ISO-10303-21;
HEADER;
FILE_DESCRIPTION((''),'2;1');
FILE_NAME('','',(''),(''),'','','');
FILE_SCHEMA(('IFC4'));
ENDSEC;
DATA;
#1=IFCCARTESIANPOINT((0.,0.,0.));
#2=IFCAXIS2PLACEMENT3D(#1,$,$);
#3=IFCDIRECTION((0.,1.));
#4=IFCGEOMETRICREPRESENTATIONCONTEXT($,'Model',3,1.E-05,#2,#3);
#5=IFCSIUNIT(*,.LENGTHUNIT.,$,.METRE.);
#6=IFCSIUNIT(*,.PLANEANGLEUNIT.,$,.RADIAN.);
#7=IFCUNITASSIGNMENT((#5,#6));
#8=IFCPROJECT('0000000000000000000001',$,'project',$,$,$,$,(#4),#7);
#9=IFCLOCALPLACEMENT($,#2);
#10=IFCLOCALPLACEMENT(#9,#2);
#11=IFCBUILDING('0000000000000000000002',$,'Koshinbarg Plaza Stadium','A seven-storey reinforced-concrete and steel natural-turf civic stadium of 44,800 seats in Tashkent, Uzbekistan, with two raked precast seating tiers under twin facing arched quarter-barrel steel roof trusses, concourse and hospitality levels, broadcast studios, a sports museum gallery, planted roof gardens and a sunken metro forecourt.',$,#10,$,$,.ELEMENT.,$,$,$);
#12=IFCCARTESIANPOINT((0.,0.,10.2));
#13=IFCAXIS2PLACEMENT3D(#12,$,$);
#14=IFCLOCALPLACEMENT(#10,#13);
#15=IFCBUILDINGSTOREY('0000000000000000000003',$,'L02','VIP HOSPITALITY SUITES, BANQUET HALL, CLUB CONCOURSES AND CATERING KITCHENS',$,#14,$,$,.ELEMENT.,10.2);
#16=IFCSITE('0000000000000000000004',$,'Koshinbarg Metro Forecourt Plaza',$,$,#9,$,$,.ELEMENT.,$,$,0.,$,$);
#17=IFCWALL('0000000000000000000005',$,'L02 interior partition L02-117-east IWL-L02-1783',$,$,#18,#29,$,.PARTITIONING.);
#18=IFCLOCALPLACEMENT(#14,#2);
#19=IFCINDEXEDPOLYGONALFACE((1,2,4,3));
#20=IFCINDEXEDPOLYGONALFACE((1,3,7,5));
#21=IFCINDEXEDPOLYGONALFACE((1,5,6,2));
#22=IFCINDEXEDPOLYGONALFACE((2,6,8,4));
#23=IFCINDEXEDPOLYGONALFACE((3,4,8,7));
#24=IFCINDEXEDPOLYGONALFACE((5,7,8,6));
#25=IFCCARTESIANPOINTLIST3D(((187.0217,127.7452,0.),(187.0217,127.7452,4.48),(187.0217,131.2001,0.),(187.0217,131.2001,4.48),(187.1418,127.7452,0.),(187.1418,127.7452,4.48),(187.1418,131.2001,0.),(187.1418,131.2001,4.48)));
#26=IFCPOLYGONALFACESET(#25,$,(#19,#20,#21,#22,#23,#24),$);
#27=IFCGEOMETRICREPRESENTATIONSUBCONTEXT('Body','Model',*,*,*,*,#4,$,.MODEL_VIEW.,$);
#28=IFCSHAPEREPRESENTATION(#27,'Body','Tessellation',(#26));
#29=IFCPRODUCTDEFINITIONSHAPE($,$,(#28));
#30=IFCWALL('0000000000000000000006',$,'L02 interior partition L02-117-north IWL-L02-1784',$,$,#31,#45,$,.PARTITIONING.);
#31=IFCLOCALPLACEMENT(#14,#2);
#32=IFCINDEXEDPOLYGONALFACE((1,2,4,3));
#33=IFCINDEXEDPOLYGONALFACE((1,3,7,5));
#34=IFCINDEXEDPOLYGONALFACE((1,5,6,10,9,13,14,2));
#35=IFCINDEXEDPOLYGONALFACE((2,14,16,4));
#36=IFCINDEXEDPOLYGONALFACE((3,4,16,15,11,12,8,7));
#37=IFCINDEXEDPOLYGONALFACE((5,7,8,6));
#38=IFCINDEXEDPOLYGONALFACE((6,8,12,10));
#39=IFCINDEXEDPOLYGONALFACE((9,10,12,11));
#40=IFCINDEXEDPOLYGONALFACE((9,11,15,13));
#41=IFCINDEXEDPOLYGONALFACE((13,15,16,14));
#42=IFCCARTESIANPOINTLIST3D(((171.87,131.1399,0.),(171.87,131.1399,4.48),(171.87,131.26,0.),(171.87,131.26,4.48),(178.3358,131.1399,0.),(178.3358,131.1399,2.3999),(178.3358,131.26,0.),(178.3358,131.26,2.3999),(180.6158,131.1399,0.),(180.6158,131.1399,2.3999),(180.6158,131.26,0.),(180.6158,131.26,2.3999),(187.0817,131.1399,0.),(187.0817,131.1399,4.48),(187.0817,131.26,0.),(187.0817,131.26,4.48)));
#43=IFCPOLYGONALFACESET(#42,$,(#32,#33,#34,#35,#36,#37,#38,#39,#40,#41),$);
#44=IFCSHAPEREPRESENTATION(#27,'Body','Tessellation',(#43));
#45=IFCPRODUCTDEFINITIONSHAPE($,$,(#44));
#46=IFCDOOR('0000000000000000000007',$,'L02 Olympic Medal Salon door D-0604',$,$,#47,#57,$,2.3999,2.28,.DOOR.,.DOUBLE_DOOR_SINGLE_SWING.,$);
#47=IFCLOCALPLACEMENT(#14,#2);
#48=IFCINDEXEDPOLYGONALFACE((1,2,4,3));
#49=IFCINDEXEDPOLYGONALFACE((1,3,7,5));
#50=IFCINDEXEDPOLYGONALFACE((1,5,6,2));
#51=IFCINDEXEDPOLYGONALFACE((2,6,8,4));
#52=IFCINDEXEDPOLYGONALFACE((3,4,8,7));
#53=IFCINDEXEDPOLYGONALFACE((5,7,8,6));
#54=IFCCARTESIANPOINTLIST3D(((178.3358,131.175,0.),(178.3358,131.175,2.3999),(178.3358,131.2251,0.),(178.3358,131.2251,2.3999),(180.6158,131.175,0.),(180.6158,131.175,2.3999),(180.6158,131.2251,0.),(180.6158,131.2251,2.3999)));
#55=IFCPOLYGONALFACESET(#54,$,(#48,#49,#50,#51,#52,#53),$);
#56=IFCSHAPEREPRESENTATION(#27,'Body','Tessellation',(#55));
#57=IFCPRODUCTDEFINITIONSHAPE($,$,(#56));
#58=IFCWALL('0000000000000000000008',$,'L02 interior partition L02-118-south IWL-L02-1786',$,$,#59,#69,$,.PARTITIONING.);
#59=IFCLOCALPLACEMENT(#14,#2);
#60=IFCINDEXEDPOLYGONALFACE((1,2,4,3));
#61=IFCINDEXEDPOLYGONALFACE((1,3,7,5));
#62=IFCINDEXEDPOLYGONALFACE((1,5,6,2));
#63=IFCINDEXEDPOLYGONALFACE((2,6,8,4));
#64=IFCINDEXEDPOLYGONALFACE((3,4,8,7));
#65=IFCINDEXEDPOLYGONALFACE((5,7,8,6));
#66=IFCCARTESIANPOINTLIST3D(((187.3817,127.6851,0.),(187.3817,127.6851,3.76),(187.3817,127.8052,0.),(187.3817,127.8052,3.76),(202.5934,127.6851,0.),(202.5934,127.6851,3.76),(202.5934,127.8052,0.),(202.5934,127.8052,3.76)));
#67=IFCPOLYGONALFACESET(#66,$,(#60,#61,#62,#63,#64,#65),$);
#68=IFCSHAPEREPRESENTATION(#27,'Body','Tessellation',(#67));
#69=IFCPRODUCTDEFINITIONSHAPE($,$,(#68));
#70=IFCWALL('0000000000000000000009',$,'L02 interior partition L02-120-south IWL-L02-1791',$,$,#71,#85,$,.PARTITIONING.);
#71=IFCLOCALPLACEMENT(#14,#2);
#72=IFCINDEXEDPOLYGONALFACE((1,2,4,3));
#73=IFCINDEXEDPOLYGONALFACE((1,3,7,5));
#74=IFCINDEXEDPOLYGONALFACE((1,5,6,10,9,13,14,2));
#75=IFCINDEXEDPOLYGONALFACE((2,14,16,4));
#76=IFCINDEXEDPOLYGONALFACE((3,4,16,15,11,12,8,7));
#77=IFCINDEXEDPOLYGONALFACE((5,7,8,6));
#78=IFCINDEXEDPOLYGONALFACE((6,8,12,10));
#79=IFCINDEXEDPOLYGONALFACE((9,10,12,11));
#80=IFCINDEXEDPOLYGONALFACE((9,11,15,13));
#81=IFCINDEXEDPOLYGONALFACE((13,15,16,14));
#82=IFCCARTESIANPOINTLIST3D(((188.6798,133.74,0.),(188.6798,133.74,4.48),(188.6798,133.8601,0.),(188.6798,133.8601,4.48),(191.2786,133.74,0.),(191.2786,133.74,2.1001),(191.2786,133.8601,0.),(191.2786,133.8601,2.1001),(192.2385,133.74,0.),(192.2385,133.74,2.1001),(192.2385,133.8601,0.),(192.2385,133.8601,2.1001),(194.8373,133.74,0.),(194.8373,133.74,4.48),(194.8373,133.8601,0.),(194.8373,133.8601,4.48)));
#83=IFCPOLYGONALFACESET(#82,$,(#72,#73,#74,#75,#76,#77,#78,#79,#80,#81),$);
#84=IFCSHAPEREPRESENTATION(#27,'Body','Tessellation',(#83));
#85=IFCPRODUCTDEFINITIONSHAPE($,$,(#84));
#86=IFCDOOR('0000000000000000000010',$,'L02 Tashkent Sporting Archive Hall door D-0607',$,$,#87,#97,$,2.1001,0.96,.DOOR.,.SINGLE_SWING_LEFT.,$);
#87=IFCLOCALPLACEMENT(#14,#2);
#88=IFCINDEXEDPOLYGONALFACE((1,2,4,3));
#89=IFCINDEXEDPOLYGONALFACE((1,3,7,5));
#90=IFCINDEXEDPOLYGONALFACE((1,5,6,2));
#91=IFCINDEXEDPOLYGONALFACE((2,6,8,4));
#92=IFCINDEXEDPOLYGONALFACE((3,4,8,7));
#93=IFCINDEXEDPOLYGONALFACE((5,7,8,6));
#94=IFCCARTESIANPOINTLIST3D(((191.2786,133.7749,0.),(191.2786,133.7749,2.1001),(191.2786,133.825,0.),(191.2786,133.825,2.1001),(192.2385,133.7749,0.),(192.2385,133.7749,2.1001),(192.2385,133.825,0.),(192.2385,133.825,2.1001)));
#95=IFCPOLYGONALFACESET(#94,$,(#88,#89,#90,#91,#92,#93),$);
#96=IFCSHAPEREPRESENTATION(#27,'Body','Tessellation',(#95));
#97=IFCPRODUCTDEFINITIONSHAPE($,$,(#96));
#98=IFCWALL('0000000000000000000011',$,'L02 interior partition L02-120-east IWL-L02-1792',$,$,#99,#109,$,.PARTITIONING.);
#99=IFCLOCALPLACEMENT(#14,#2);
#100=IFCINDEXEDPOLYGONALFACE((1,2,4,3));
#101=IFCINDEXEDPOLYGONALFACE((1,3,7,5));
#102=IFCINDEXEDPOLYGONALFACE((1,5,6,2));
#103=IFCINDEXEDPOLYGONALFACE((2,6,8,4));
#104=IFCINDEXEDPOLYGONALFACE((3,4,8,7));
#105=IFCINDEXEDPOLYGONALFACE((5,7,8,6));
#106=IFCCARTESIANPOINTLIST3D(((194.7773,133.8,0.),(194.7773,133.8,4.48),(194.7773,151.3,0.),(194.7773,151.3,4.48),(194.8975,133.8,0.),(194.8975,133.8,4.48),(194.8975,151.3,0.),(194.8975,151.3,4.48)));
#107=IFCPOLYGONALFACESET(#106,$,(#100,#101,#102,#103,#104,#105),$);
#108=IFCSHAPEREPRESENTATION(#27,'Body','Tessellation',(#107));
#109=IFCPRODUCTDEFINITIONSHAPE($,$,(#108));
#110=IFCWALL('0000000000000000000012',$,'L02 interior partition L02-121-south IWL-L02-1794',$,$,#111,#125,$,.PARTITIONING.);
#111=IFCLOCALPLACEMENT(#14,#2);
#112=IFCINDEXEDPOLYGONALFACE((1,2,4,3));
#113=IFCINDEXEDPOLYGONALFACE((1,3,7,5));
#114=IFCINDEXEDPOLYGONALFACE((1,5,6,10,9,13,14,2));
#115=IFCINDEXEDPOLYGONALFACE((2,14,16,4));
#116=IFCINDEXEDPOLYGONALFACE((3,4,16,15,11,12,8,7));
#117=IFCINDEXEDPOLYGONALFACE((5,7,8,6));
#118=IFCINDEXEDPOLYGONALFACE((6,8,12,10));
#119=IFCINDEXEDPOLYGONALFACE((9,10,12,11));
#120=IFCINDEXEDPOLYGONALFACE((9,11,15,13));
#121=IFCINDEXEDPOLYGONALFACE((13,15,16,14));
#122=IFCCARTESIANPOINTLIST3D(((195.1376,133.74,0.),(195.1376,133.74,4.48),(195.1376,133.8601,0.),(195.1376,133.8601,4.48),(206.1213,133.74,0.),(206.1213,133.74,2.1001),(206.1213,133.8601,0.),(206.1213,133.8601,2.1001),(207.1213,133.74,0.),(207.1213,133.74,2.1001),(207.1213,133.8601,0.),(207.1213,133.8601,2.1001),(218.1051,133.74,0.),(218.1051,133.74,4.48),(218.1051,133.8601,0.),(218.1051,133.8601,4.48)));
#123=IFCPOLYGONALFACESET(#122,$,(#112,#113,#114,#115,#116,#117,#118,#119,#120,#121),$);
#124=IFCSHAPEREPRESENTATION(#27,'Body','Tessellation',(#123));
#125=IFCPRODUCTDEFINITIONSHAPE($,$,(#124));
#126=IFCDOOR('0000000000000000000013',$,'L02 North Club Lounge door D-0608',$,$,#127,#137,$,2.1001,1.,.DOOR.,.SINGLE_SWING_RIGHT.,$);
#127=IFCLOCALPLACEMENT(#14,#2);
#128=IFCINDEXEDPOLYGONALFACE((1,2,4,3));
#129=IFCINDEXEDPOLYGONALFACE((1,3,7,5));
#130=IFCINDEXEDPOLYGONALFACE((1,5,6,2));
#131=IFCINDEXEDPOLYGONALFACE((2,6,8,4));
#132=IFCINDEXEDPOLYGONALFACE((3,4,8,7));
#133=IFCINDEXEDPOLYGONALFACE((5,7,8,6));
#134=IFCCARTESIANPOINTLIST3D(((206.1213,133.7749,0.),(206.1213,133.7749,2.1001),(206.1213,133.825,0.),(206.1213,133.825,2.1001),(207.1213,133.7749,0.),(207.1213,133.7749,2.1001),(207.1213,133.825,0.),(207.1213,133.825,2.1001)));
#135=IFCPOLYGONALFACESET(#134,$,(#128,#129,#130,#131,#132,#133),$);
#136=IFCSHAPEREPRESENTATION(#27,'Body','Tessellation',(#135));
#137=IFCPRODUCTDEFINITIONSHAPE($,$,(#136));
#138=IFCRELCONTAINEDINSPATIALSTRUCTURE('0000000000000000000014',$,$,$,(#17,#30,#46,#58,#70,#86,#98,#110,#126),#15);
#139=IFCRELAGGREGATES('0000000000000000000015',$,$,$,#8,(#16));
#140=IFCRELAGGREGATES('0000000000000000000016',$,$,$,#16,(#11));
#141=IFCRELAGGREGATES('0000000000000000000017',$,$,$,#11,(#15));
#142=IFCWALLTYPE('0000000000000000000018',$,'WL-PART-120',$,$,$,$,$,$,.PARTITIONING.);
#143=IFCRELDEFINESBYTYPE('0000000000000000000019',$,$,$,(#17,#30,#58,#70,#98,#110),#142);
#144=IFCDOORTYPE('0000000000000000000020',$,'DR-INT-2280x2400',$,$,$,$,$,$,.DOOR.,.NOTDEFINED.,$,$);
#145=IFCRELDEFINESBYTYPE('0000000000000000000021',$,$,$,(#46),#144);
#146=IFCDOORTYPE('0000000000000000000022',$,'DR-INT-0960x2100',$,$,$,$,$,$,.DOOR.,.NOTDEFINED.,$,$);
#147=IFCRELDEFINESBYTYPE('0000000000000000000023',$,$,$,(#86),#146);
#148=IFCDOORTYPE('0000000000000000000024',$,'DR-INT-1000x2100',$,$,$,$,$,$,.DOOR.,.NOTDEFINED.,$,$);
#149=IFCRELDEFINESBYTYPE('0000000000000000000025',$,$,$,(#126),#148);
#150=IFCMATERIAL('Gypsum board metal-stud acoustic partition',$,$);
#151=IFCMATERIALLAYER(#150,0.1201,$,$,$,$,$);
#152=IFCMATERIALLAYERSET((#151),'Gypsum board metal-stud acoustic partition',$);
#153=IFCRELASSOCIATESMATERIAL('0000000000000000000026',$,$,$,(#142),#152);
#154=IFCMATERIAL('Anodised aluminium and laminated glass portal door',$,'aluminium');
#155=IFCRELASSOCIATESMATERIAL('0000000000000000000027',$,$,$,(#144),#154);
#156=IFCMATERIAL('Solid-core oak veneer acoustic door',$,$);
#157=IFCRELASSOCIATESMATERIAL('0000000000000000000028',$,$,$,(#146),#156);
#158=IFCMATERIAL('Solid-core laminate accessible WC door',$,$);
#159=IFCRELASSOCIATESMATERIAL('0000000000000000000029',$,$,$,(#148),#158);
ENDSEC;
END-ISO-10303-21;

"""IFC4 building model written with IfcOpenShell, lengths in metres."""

from ifc_helpers import new_model, si_unit, direction, frame, frame_2d, origin, place, context, subcontext, project, spatial, rectangle, extrude, material, layer, layer_set, type_object, element, fill, save


model = new_model("IFC4")

# Units and contexts
model_context = context("Model", 3, precision=1e-05, world=origin(), true_north=direction((0.0, 1.0)))
body_context = subcontext(model_context, "Body", "Model", "MODEL_VIEW")
ifc_project = project(units=[si_unit("LENGTHUNIT", "METRE"), si_unit("PLANEANGLEUNIT", "RADIAN")], contexts=[model_context])

# Site, building, storey
site_placement = place(None, origin())
site = spatial("IfcSite", under=ifc_project, at=site_placement, Name="Koshinbarg Metro Forecourt Plaza", CompositionType="ELEMENT", RefElevation=0.0)
building_placement = place(site_placement, origin())
building = spatial("IfcBuilding", under=site, at=building_placement, Name="Koshinbarg Plaza Stadium", Description="A seven-storey reinforced-concrete and steel natural-turf civic stadium of 44,800 seats in Tashkent, Uzbekistan, with two raked precast seating tiers under twin facing arched quarter-barrel steel roof trusses, concourse and hospitality levels, broadcast studios, a sports museum gallery, planted roof gardens and a sunken metro forecourt.", CompositionType="ELEMENT")
storey_placement = place(building_placement, frame((0.0, 0.0, 10.2)))
storey = spatial("IfcBuildingStorey", under=building, at=storey_placement, Name="L02", Description="VIP HOSPITALITY SUITES, BANQUET HALL, CLUB CONCOURSES AND CATERING KITCHENS", CompositionType="ELEMENT", Elevation=10.2)

# Wall
ifc_material_1 = material(Name="Gypsum board metal-stud acoustic partition")
ifc_layer_1 = layer(ifc_material_1, 0.1201)
ifc_layer_set_1 = layer_set([ifc_layer_1], Name="Gypsum board metal-stud acoustic partition")
wall_type_1 = type_object("IfcWallType", Name="WL-PART-120", PredefinedType="PARTITIONING", material=ifc_layer_set_1)
wall_1_placement = place(storey_placement, frame((187.0818, 127.7451, 0.0), z_axis=(0.0, 0.0, 1.0), x_axis=(0.0, 1.0, 0.0)))
element("IfcWall", 1, at=wall_1_placement, inside=storey, type_object=wall_type_1, Name="L02 interior partition L02-117-east IWL-L02-1783", PredefinedType="PARTITIONING", context=body_context, shape_type="SweptSolid", body=[
    extrude(rectangle(XDim=3.4548, YDim=0.1201, at=frame_2d((1.7275, 0.0))), origin(), (0.0, 0.0, 1.0), 4.48),
])

# Wall, opening, door
wall_2_placement = place(storey_placement, frame((187.0818, 131.2, 0.0), z_axis=(0.0, 0.0, 1.0), x_axis=(-1.0, 0.0, 0.0)))
wall_2 = element("IfcWall", 2, at=wall_2_placement, inside=storey, type_object=wall_type_1, Name="L02 interior partition L02-117-north IWL-L02-1784", PredefinedType="PARTITIONING", context=body_context, shape_type="SweptSolid", body=[
    extrude(rectangle(XDim=15.2117, YDim=0.1201, at=frame_2d((7.606, 0.0))), origin(), (0.0, 0.0, 1.0), 4.48),
])
opening_1_placement = place(wall_2_placement, frame((6.4658, 0.0, 0.0)))
opening_1 = element("IfcOpeningElement", 3, at=opening_1_placement, cuts=wall_2, PredefinedType="OPENING", context=body_context, shape_type="SweptSolid", body=[
    extrude(rectangle(XDim=2.28, YDim=2.3999, at=frame_2d((1.1401, 1.2))), frame((0.0, 0.0701, 0.0), z_axis=(0.0, -1.0, 0.0), x_axis=(1.0, 0.0, 0.0)), (0.0, 0.0, 1.0), 0.1401),
])
ifc_material_2 = material(Name="Anodised aluminium and laminated glass portal door", Category="aluminium")
door_type_1 = type_object("IfcDoorType", Name="DR-INT-2280x2400", OperationType="NOTDEFINED", PredefinedType="DOOR", material=ifc_material_2)
door_1_placement = place(opening_1_placement, origin())
door_1 = element("IfcDoor", 4, at=door_1_placement, inside=storey, type_object=door_type_1, Name="L02 Olympic Medal Salon door D-0604", OperationType="DOUBLE_DOOR_SINGLE_SWING", OverallHeight=2.3999, OverallWidth=2.28, PredefinedType="DOOR", context=body_context, shape_type="SweptSolid", body=[
    extrude(rectangle(XDim=2.28, YDim=2.3999, at=frame_2d((1.1401, 1.2))), frame((0.0, 0.0249, 0.0), z_axis=(0.0, -1.0, 0.0), x_axis=(1.0, 0.0, 0.0)), (0.0, 0.0, 1.0), 0.05),
])
fill(opening_1, door_1)

# Wall
wall_3_placement = place(storey_placement, frame((187.3816, 127.7451, 0.0), z_axis=(0.0, 0.0, 1.0), x_axis=(1.0, 0.0, 0.0)))
element("IfcWall", 5, at=wall_3_placement, inside=storey, type_object=wall_type_1, Name="L02 interior partition L02-118-south IWL-L02-1786", PredefinedType="PARTITIONING", context=body_context, shape_type="SweptSolid", body=[
    extrude(rectangle(XDim=15.2117, YDim=0.1201, at=frame_2d((7.606, 0.0))), origin(), (0.0, 0.0, 1.0), 3.76),
])

# Wall, opening, door
wall_4_placement = place(storey_placement, frame((188.6799, 133.8, 0.0), z_axis=(0.0, 0.0, 1.0), x_axis=(1.0, 0.0, 0.0)))
wall_4 = element("IfcWall", 6, at=wall_4_placement, inside=storey, type_object=wall_type_1, Name="L02 interior partition L02-120-south IWL-L02-1791", PredefinedType="PARTITIONING", context=body_context, shape_type="SweptSolid", body=[
    extrude(rectangle(XDim=6.1575, YDim=0.1201, at=frame_2d((3.0786, 0.0))), origin(), (0.0, 0.0, 1.0), 4.48),
])
opening_2_placement = place(wall_4_placement, frame((2.5986, 0.0, 0.0)))
opening_2 = element("IfcOpeningElement", 7, at=opening_2_placement, cuts=wall_4, PredefinedType="OPENING", context=body_context, shape_type="SweptSolid", body=[
    extrude(rectangle(XDim=0.96, YDim=2.1001, at=frame_2d((0.48, 1.05))), frame((0.0, 0.0701, 0.0), z_axis=(0.0, -1.0, 0.0), x_axis=(1.0, 0.0, 0.0)), (0.0, 0.0, 1.0), 0.1401),
])
ifc_material_3 = material(Name="Solid-core oak veneer acoustic door")
door_type_2 = type_object("IfcDoorType", Name="DR-INT-0960x2100", OperationType="NOTDEFINED", PredefinedType="DOOR", material=ifc_material_3)
door_2_placement = place(opening_2_placement, origin())
door_2 = element("IfcDoor", 8, at=door_2_placement, inside=storey, type_object=door_type_2, Name="L02 Tashkent Sporting Archive Hall door D-0607", OperationType="SINGLE_SWING_LEFT", OverallHeight=2.1001, OverallWidth=0.96, PredefinedType="DOOR", context=body_context, shape_type="SweptSolid", body=[
    extrude(rectangle(XDim=0.96, YDim=2.1001, at=frame_2d((0.48, 1.05))), frame((0.0, 0.0249, 0.0), z_axis=(0.0, -1.0, 0.0), x_axis=(1.0, 0.0, 0.0)), (0.0, 0.0, 1.0), 0.05),
])
fill(opening_2, door_2)

# Wall
wall_5_placement = place(storey_placement, frame((194.8374, 133.8, 0.0), z_axis=(0.0, 0.0, 1.0), x_axis=(0.0, 1.0, 0.0)))
element("IfcWall", 9, at=wall_5_placement, inside=storey, type_object=wall_type_1, Name="L02 interior partition L02-120-east IWL-L02-1792", PredefinedType="PARTITIONING", context=body_context, shape_type="SweptSolid", body=[
    extrude(rectangle(XDim=17.5, YDim=0.1201, at=frame_2d((8.75, 0.0))), origin(), (0.0, 0.0, 1.0), 4.48),
])

# Wall, opening, door
wall_6_placement = place(storey_placement, frame((195.1375, 133.8, 0.0), z_axis=(0.0, 0.0, 1.0), x_axis=(1.0, 0.0, 0.0)))
wall_6 = element("IfcWall", 10, at=wall_6_placement, inside=storey, type_object=wall_type_1, Name="L02 interior partition L02-121-south IWL-L02-1794", PredefinedType="PARTITIONING", context=body_context, shape_type="SweptSolid", body=[
    extrude(rectangle(XDim=22.9675, YDim=0.1201, at=frame_2d((11.4839, 0.0))), origin(), (0.0, 0.0, 1.0), 4.48),
])
opening_3_placement = place(wall_6_placement, frame((10.9839, 0.0, 0.0)))
opening_3 = element("IfcOpeningElement", 11, at=opening_3_placement, cuts=wall_6, PredefinedType="OPENING", context=body_context, shape_type="SweptSolid", body=[
    extrude(rectangle(XDim=1.0, YDim=2.1001, at=frame_2d((0.5, 1.05))), frame((0.0, 0.0701, 0.0), z_axis=(0.0, -1.0, 0.0), x_axis=(1.0, 0.0, 0.0)), (0.0, 0.0, 1.0), 0.1401),
])
ifc_material_4 = material(Name="Solid-core laminate accessible WC door")
door_type_3 = type_object("IfcDoorType", Name="DR-INT-1000x2100", OperationType="NOTDEFINED", PredefinedType="DOOR", material=ifc_material_4)
door_3_placement = place(opening_3_placement, origin())
door_3 = element("IfcDoor", 12, at=door_3_placement, inside=storey, type_object=door_type_3, Name="L02 North Club Lounge door D-0608", OperationType="SINGLE_SWING_RIGHT", OverallHeight=2.1001, OverallWidth=1.0, PredefinedType="DOOR", context=body_context, shape_type="SweptSolid", body=[
    extrude(rectangle(XDim=1.0, YDim=2.1001, at=frame_2d((0.5, 1.05))), frame((0.0, 0.0249, 0.0), z_axis=(0.0, -1.0, 0.0), x_axis=(1.0, 0.0, 0.0)), (0.0, 0.0, 1.0), 0.05),
])
fill(opening_3, door_3)

save(model, "model.ifc")
